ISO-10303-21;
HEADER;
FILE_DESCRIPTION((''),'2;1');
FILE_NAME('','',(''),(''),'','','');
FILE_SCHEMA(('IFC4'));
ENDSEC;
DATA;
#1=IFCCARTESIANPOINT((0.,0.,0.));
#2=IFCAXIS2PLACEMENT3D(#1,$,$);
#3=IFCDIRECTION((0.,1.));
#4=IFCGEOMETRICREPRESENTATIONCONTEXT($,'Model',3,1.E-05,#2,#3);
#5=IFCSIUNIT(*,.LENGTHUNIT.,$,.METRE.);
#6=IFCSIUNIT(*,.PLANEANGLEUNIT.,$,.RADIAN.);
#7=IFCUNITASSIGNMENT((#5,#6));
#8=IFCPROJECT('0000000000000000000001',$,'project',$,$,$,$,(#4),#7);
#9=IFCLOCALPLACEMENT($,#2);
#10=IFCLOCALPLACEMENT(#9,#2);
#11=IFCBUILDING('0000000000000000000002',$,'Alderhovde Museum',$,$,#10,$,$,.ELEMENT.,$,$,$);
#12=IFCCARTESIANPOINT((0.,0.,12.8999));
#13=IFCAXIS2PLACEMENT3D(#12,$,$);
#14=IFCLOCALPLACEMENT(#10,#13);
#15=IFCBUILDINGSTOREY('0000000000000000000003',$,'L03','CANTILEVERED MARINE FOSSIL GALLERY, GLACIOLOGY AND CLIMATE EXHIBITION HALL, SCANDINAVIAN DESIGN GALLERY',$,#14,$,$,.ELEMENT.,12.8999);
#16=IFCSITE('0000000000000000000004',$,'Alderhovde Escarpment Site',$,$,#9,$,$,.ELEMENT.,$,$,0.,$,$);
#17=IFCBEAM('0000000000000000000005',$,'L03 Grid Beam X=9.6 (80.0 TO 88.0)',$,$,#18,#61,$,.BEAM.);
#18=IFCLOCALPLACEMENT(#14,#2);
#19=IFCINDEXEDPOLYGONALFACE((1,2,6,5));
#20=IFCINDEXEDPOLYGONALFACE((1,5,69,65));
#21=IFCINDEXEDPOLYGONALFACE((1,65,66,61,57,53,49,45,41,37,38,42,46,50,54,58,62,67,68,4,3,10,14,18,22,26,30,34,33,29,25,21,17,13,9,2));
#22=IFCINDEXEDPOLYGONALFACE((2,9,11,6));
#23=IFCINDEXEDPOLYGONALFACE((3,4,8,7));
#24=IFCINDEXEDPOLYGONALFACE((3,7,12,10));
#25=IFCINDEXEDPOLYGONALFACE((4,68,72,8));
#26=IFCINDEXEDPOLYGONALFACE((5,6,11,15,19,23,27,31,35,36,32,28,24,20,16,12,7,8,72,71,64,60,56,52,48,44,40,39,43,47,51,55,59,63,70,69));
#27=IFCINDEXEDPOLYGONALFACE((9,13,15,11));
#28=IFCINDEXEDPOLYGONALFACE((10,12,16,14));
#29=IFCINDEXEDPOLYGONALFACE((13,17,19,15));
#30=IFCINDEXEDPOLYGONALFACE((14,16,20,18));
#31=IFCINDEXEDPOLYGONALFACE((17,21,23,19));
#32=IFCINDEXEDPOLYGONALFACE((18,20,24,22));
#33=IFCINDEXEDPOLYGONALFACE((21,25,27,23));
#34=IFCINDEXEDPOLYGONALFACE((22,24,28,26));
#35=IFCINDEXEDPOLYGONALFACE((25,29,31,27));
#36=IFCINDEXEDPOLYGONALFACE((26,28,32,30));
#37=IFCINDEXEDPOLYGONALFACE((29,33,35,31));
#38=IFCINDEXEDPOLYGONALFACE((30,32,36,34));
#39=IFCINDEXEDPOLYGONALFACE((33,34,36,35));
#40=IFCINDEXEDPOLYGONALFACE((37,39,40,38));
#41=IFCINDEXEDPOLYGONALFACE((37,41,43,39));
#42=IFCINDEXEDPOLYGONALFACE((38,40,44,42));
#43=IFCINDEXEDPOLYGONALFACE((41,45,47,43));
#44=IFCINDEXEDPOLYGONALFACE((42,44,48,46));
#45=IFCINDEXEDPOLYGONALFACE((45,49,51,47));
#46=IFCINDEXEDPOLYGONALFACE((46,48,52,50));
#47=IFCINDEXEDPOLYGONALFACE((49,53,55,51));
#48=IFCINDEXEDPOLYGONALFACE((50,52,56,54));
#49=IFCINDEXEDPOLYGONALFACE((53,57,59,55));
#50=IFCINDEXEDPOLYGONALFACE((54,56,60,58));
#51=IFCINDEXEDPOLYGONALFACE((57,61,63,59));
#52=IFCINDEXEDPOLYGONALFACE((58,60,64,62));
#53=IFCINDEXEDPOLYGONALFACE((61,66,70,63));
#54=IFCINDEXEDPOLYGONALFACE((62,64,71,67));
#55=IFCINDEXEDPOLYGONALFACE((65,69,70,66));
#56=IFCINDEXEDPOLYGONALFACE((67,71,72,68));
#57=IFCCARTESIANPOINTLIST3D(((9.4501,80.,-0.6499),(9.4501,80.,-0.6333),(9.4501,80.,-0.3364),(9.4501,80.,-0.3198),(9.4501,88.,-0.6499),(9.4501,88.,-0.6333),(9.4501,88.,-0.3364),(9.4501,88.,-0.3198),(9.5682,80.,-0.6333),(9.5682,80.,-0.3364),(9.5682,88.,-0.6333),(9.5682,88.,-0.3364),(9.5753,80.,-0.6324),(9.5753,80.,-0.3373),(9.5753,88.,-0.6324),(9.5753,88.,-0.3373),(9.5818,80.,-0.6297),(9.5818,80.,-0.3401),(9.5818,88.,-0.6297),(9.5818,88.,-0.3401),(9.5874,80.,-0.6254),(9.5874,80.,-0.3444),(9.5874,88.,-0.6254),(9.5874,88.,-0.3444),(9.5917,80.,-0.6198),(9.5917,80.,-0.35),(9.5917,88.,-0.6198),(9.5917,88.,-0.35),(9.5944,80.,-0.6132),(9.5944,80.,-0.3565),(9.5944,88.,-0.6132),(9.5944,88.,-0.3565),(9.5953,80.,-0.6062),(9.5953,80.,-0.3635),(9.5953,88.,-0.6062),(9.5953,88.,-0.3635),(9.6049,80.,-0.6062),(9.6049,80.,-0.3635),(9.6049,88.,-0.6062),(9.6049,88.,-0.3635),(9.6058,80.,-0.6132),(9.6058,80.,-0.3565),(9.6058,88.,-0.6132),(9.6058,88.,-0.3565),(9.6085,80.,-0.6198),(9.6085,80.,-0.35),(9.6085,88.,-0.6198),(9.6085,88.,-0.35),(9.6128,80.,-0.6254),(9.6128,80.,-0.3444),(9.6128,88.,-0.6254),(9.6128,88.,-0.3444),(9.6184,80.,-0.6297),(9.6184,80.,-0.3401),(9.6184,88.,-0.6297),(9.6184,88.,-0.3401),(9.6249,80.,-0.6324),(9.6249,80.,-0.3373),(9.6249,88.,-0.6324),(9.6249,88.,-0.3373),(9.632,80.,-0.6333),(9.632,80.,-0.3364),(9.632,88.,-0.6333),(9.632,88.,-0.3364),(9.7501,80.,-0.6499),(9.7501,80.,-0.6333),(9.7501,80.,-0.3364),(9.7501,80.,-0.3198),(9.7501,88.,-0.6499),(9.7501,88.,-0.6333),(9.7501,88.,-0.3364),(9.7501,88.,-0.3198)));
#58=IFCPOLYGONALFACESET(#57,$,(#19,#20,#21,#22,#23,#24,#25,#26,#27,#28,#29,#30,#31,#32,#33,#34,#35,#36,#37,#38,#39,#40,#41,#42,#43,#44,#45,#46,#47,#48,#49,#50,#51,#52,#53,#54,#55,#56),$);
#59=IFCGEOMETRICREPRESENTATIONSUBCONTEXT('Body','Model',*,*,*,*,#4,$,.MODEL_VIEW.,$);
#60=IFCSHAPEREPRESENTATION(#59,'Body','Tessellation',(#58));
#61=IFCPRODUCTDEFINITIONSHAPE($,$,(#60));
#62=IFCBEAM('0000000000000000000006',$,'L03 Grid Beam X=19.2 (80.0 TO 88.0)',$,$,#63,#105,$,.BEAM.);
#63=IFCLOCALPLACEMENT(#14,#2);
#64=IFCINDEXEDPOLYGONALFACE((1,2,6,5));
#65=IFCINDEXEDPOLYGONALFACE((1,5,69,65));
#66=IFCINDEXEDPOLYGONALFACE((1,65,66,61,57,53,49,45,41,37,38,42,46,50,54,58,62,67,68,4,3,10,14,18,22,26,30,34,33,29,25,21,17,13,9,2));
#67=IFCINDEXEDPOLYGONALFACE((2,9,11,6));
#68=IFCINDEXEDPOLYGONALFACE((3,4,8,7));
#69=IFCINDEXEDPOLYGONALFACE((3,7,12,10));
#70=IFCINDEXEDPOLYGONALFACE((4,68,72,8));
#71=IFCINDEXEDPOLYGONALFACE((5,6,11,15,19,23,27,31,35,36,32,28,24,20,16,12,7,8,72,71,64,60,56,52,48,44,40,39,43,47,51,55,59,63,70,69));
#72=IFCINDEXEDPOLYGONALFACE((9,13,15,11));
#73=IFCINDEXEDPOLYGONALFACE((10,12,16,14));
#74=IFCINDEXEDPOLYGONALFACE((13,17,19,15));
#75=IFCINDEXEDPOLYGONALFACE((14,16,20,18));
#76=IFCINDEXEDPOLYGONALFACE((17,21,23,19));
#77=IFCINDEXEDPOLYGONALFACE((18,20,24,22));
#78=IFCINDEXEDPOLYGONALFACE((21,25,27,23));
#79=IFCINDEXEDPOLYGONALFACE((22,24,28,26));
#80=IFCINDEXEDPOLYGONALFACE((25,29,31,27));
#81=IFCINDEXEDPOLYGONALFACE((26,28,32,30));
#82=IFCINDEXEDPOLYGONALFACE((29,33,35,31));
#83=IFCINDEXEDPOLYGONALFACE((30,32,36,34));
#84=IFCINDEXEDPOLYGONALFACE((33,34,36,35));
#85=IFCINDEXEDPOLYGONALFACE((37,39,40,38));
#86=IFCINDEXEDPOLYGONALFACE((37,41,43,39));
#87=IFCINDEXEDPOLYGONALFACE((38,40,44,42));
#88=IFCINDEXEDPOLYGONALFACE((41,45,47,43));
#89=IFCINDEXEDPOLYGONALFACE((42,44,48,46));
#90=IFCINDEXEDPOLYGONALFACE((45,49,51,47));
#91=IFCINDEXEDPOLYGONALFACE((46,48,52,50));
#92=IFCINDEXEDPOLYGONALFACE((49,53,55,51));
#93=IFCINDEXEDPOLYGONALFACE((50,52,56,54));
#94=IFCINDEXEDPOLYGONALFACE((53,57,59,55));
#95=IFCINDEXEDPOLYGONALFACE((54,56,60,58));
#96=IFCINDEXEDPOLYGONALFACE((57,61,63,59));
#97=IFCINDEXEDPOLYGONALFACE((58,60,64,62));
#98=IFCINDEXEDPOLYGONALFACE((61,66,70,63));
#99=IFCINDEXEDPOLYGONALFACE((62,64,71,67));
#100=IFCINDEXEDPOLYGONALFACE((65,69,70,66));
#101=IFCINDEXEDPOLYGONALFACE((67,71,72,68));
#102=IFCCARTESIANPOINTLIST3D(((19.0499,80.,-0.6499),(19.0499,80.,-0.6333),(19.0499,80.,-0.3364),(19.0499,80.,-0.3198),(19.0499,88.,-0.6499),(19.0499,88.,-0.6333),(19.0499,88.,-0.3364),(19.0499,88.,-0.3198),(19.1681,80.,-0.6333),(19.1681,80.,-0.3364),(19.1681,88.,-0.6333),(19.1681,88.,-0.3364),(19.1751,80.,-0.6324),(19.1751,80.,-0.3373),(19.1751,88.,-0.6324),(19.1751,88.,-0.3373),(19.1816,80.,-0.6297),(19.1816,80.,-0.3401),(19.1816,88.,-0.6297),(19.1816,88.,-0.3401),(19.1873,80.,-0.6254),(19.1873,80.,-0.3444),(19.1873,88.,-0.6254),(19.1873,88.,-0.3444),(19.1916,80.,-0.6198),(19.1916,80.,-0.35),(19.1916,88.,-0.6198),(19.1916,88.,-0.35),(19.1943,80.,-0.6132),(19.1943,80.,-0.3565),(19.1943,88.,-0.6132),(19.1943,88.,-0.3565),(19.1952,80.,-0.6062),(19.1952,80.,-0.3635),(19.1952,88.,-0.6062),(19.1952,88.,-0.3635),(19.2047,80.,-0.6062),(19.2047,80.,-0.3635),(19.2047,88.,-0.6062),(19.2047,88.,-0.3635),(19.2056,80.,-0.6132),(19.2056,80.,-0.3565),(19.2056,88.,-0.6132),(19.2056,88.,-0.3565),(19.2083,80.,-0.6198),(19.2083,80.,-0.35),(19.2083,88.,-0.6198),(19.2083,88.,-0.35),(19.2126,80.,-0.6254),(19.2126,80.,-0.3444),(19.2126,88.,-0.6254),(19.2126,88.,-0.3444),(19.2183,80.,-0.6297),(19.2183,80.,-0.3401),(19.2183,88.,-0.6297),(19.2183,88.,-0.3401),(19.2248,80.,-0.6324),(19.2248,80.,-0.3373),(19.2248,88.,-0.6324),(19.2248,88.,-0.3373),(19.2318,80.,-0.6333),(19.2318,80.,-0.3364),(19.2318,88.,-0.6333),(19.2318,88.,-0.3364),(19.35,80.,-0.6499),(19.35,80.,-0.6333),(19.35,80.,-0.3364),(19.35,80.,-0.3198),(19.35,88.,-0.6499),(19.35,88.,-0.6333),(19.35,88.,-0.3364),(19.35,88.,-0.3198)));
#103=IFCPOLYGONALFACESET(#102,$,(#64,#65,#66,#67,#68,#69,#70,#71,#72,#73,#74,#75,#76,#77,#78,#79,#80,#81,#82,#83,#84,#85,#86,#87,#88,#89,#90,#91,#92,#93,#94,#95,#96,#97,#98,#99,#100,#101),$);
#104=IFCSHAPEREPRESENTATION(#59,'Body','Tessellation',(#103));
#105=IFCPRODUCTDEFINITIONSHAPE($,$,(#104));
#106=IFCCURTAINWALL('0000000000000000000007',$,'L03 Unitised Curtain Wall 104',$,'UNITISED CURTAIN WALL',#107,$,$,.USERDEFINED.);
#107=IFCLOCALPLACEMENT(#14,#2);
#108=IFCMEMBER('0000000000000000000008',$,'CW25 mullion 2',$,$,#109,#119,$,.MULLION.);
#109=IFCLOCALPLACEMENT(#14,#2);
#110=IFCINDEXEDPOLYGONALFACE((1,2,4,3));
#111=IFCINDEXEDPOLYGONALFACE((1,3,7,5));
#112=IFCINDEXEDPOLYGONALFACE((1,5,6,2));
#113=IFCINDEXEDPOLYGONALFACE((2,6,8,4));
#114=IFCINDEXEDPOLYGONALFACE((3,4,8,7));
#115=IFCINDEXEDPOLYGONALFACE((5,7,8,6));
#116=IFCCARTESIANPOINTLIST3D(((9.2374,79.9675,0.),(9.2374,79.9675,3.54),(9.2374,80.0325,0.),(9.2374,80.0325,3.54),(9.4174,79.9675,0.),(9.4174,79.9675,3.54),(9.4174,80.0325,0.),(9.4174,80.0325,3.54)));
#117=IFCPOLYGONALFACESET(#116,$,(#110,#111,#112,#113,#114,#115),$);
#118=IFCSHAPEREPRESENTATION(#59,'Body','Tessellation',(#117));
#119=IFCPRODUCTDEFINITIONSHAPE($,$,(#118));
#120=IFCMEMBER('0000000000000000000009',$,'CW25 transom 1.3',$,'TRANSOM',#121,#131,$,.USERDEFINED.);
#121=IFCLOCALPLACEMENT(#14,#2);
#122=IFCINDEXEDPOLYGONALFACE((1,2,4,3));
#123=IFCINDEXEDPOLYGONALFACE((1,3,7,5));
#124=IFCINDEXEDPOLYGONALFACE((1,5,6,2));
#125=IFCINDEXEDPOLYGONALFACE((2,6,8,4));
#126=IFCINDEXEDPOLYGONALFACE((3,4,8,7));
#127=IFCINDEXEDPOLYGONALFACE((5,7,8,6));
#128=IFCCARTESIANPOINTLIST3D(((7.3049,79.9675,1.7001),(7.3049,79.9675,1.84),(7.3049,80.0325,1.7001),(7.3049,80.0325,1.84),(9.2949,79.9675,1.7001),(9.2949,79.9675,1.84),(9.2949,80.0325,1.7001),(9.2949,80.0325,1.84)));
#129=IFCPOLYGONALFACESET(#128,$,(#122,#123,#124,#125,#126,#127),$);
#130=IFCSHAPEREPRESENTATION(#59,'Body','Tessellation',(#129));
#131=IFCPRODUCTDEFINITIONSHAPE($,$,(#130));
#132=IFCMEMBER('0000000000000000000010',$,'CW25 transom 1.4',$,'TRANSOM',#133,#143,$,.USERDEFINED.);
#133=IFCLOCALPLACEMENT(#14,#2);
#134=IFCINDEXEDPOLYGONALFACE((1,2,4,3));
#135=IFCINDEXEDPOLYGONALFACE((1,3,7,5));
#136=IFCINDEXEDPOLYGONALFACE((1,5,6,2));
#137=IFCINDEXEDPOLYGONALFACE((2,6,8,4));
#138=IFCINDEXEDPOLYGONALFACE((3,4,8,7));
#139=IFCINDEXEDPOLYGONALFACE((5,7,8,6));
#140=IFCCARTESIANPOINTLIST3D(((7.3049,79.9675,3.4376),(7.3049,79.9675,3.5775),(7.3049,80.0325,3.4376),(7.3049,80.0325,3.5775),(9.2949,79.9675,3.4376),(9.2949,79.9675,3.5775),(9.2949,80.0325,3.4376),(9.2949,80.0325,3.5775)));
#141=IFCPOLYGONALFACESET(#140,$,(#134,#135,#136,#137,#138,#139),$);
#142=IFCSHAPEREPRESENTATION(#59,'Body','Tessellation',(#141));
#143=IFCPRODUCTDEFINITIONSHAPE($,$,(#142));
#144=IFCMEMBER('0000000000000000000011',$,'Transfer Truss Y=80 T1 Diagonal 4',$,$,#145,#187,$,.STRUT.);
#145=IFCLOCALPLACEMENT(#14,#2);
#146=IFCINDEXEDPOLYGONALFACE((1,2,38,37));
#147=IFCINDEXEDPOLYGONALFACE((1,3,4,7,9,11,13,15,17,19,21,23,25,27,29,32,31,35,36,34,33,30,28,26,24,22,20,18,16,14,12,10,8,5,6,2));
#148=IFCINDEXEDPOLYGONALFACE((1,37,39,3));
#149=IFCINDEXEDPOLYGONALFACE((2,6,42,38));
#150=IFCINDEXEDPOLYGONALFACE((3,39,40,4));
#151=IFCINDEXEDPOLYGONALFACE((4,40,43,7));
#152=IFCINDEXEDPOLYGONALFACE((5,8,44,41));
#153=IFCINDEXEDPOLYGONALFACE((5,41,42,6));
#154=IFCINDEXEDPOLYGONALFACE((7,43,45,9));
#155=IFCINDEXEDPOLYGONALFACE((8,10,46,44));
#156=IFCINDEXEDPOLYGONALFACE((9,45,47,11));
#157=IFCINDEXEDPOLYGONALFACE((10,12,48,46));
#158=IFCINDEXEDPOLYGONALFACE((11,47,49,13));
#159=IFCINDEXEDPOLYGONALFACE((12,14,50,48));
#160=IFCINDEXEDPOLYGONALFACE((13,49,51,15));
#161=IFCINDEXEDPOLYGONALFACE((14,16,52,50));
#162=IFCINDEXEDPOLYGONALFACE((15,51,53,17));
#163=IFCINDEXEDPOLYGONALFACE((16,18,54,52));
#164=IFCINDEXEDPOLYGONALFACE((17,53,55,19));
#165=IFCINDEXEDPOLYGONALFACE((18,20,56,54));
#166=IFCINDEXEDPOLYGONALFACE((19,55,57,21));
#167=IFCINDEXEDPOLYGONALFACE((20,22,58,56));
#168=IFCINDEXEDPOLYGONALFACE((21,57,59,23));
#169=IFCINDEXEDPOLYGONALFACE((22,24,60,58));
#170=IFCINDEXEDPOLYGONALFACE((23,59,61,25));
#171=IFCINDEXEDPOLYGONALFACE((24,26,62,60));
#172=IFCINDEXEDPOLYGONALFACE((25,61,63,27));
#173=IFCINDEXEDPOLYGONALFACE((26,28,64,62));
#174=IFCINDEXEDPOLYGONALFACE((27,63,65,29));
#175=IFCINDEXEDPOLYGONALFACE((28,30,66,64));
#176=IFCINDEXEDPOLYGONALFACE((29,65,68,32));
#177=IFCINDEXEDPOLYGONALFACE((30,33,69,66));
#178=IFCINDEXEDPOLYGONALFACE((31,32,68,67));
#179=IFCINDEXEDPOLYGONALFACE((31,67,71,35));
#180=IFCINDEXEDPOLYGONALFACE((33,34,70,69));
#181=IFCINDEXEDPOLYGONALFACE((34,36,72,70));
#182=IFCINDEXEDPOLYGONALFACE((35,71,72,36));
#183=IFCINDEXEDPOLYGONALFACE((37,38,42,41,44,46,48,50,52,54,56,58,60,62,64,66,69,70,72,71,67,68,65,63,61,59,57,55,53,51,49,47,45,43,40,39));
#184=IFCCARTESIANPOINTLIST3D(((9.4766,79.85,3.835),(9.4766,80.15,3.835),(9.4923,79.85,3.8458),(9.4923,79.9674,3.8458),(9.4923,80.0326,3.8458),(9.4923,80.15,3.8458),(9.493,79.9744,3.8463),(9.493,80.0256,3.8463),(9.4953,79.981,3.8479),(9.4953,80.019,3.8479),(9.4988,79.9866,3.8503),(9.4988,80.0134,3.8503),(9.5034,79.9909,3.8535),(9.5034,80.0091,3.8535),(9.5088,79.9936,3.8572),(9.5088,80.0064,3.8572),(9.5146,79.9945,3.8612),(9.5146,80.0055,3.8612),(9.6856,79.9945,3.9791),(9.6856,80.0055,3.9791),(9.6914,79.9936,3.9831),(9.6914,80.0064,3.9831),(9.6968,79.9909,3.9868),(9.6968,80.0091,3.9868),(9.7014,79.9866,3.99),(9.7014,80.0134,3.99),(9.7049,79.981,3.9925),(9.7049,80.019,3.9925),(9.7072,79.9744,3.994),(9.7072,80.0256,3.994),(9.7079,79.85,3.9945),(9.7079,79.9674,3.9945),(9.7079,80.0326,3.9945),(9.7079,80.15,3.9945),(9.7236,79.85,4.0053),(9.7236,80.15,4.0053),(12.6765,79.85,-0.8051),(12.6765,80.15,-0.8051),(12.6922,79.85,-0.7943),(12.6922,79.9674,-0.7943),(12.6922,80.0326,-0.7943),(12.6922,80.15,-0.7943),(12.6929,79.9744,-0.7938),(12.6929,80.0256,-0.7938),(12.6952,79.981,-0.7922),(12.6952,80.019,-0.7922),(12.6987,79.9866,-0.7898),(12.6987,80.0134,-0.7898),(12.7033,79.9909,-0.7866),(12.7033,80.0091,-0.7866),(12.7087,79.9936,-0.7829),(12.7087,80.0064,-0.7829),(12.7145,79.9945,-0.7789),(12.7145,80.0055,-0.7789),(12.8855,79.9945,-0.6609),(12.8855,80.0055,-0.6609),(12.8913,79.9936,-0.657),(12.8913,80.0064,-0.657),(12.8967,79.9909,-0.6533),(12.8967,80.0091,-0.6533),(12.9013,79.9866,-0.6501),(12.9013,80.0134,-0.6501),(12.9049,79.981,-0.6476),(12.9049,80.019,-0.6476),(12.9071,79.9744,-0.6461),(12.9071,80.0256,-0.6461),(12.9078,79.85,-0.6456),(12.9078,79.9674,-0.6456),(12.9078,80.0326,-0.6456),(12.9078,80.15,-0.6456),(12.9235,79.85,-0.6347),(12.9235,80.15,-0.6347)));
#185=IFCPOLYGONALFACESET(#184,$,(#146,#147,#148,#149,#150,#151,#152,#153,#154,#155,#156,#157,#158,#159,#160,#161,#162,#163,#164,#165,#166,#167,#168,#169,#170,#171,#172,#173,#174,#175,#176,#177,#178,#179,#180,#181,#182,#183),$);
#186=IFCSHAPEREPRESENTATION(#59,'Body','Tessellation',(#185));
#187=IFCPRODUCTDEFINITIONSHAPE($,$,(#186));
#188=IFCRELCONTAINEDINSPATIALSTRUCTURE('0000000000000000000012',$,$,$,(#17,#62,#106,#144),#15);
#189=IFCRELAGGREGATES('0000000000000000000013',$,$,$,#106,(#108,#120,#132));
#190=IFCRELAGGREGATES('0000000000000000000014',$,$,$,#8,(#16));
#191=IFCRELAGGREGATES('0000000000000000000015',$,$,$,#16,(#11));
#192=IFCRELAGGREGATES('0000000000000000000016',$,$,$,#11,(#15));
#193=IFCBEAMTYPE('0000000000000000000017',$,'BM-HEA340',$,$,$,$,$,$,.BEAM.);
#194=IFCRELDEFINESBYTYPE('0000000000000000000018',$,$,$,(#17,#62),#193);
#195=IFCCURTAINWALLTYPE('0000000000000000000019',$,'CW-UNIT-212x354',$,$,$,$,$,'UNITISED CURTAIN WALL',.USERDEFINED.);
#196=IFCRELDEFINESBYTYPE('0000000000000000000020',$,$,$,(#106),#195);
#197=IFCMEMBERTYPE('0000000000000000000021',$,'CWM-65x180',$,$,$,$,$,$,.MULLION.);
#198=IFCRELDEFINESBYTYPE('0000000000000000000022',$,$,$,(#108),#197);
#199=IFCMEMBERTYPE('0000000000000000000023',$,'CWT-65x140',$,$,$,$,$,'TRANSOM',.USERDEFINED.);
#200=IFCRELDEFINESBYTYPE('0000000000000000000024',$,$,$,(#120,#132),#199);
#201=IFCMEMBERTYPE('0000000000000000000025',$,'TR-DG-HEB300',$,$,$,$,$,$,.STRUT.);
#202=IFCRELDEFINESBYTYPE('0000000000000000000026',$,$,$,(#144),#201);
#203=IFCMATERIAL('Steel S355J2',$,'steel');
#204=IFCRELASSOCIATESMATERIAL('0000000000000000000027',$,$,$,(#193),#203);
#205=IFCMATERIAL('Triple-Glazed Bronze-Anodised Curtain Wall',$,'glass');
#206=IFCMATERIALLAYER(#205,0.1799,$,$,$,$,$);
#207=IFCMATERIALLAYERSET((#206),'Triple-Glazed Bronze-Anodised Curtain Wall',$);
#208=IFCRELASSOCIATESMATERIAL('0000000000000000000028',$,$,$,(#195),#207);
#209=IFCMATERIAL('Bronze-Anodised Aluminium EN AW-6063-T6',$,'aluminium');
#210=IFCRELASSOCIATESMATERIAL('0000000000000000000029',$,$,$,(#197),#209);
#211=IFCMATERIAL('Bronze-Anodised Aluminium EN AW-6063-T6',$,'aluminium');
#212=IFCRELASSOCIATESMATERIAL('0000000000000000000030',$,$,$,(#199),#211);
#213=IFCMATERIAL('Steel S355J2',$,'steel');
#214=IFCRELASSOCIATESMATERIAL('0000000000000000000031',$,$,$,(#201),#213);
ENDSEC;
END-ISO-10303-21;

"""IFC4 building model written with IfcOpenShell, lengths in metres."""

from ifc_helpers import new_model, si_unit, direction, frame, origin, origin_2d, place, context, subcontext, project, spatial, rectangle, i_section, extrude, material, layer, layer_set, material_profile, profile_set, type_object, element, aggregate, save


model = new_model("IFC4")

# Units and contexts
model_context = context("Model", 3, precision=1e-05, world=origin(), true_north=direction((0.0, 1.0)))
body_context = subcontext(model_context, "Body", "Model", "MODEL_VIEW")
ifc_project = project(units=[si_unit("LENGTHUNIT", "METRE"), si_unit("PLANEANGLEUNIT", "RADIAN")], contexts=[model_context])

# Site, building, storey
site_placement = place(None, origin())
site = spatial("IfcSite", under=ifc_project, at=site_placement, Name="Alderhovde Escarpment Site", CompositionType="ELEMENT", RefElevation=0.0)
building_placement = place(site_placement, origin())
building = spatial("IfcBuilding", under=site, at=building_placement, Name="Alderhovde Museum", CompositionType="ELEMENT")
storey_placement = place(building_placement, frame((0.0, 0.0, 12.8999)))
storey = spatial("IfcBuildingStorey", under=building, at=storey_placement, Name="L03", Description="CANTILEVERED MARINE FOSSIL GALLERY, GLACIOLOGY AND CLIMATE EXHIBITION HALL, SCANDINAVIAN DESIGN GALLERY", CompositionType="ELEMENT", Elevation=12.8999)

# Beams
ifc_material_1 = material(Name="Steel S355J2", Category="steel")
ifc_material_profile_1 = material_profile(ifc_material_1, i_section(OverallWidth=0.3, OverallDepth=0.3301, WebThickness=0.0095, FlangeThickness=0.0166, FilletRadius=0.0271, at=origin_2d()), Name="HEA 340")
ifc_profile_set_1 = profile_set([ifc_material_profile_1], Name="Steel S355J2")
beam_type = type_object("IfcBeamType", Name="BM-HEA340", PredefinedType="BEAM", material=ifc_profile_set_1)
for number, where, z_axis, x_axis, name in (
    (1, (9.6001, 80.0, -0.4849), (0.0, 1.0, 0.0), (-1.0, 0.0, 0.0), "L03 Grid Beam X=9.6 (80.0 TO 88.0)"),
    (2, (19.2, 80.0, -0.4849), (0.0, 1.0, 0.0), (-1.0, 0.0, 0.0), "L03 Grid Beam X=19.2 (80.0 TO 88.0)"),
):
    element("IfcBeam", number, at=place(storey_placement, frame(where, z_axis=z_axis, x_axis=x_axis)), inside=storey, type_object=beam_type, Name=name, PredefinedType="BEAM", context=body_context, shape_type="SweptSolid", body=[
        extrude(i_section(OverallWidth=0.3, OverallDepth=0.3301, WebThickness=0.0095, FlangeThickness=0.0166, FilletRadius=0.0271, at=origin_2d()), origin(), (0.0, 0.0, 1.0), 8.0),
    ])

# Curtain wall, members
ifc_material_2 = material(Name="Triple-Glazed Bronze-Anodised Curtain Wall", Category="glass")
ifc_layer_1 = layer(ifc_material_2, 0.1799)
ifc_layer_set_1 = layer_set([ifc_layer_1], Name="Triple-Glazed Bronze-Anodised Curtain Wall")
curtain_wall_type = type_object("IfcCurtainWallType", Name="CW-UNIT-212x354", ElementType="UNITISED CURTAIN WALL", PredefinedType="USERDEFINED", material=ifc_layer_set_1)
curtain_wall_placement = place(storey_placement, origin())
curtain_wall = element("IfcCurtainWall", 3, at=curtain_wall_placement, inside=storey, type_object=curtain_wall_type, Name="L03 Unitised Curtain Wall 104", ObjectType="UNITISED CURTAIN WALL", PredefinedType="USERDEFINED")
ifc_material_3 = material(Name="Bronze-Anodised Aluminium EN AW-6063-T6", Category="aluminium")
ifc_material_profile_2 = material_profile(ifc_material_3, rectangle(XDim=0.0649, YDim=0.1799, at=origin_2d()), Name="MULLION 65x180")
ifc_profile_set_2 = profile_set([ifc_material_profile_2], Name="Bronze-Anodised Aluminium EN AW-6063-T6")
member_type_1 = type_object("IfcMemberType", Name="CWM-65x180", PredefinedType="MULLION", material=ifc_profile_set_2)
member_1_placement = place(storey_placement, frame((9.3274, 80.0, 0.0), z_axis=(0.0, 0.0, 1.0), x_axis=(0.0, 1.0, 0.0)))
member_1 = element("IfcMember", 4, at=member_1_placement, type_object=member_type_1, Name="CW25 mullion 2", PredefinedType="MULLION", context=body_context, shape_type="SweptSolid", body=[
    extrude(rectangle(XDim=0.0649, YDim=0.1799, at=origin_2d()), origin(), (0.0, 0.0, 1.0), 3.54),
])
ifc_material_4 = material(Name="Bronze-Anodised Aluminium EN AW-6063-T6", Category="aluminium")
ifc_material_profile_3 = material_profile(ifc_material_4, rectangle(XDim=0.0649, YDim=0.1399, at=origin_2d()), Name="TRANSOM 65x140")
ifc_profile_set_3 = profile_set([ifc_material_profile_3], Name="Bronze-Anodised Aluminium EN AW-6063-T6")
member_type_2 = type_object("IfcMemberType", Name="CWT-65x140", ElementType="TRANSOM", PredefinedType="USERDEFINED", material=ifc_profile_set_3)
member_2_placement = place(storey_placement, frame((7.3049, 80.0, 1.77), z_axis=(1.0, 0.0, 0.0), x_axis=(0.0, 1.0, 0.0)))
member_2 = element("IfcMember", 5, at=member_2_placement, type_object=member_type_2, Name="CW25 transom 1.3", ObjectType="TRANSOM", PredefinedType="USERDEFINED", context=body_context, shape_type="SweptSolid", body=[
    extrude(rectangle(XDim=0.0649, YDim=0.1399, at=origin_2d()), origin(), (0.0, 0.0, 1.0), 1.99),
])
member_3_placement = place(storey_placement, frame((7.3049, 80.0, 3.5076), z_axis=(1.0, 0.0, 0.0), x_axis=(0.0, 1.0, 0.0)))
member_3 = element("IfcMember", 6, at=member_3_placement, type_object=member_type_2, Name="CW25 transom 1.4", ObjectType="TRANSOM", PredefinedType="USERDEFINED", context=body_context, shape_type="SweptSolid", body=[
    extrude(rectangle(XDim=0.0649, YDim=0.1399, at=origin_2d()), origin(), (0.0, 0.0, 1.0), 1.99),
])

# Member
ifc_material_5 = material(Name="Steel S355J2", Category="steel")
ifc_material_profile_4 = material_profile(ifc_material_5, i_section(OverallWidth=0.3, OverallDepth=0.3, WebThickness=0.011, FlangeThickness=0.019, FilletRadius=0.0271, at=origin_2d()), Name="HEB 300")
ifc_profile_set_4 = profile_set([ifc_material_profile_4], Name="Steel S355J2")
member_type_3 = type_object("IfcMemberType", Name="TR-DG-HEB300", PredefinedType="STRUT", material=ifc_profile_set_4)
for number, where, z_axis, x_axis, name in (
    (7, (9.6001, 80.0, 3.9202), (0.567716, 0.0, -0.823225), (0.0, 1.0, 0.0), "Transfer Truss Y=80 T1 Diagonal 4"),
):
    element("IfcMember", number, at=place(storey_placement, frame(where, z_axis=z_axis, x_axis=x_axis)), inside=storey, type_object=member_type_3, Name=name, PredefinedType="STRUT", context=body_context, shape_type="SweptSolid", body=[
        extrude(i_section(OverallWidth=0.3, OverallDepth=0.3, WebThickness=0.011, FlangeThickness=0.019, FilletRadius=0.0271, at=origin_2d()), origin(), (0.0, 0.0, 1.0), 5.6365),
    ])

aggregate(curtain_wall, [member_1, member_2, member_3])

save(model, "model.ifc")
